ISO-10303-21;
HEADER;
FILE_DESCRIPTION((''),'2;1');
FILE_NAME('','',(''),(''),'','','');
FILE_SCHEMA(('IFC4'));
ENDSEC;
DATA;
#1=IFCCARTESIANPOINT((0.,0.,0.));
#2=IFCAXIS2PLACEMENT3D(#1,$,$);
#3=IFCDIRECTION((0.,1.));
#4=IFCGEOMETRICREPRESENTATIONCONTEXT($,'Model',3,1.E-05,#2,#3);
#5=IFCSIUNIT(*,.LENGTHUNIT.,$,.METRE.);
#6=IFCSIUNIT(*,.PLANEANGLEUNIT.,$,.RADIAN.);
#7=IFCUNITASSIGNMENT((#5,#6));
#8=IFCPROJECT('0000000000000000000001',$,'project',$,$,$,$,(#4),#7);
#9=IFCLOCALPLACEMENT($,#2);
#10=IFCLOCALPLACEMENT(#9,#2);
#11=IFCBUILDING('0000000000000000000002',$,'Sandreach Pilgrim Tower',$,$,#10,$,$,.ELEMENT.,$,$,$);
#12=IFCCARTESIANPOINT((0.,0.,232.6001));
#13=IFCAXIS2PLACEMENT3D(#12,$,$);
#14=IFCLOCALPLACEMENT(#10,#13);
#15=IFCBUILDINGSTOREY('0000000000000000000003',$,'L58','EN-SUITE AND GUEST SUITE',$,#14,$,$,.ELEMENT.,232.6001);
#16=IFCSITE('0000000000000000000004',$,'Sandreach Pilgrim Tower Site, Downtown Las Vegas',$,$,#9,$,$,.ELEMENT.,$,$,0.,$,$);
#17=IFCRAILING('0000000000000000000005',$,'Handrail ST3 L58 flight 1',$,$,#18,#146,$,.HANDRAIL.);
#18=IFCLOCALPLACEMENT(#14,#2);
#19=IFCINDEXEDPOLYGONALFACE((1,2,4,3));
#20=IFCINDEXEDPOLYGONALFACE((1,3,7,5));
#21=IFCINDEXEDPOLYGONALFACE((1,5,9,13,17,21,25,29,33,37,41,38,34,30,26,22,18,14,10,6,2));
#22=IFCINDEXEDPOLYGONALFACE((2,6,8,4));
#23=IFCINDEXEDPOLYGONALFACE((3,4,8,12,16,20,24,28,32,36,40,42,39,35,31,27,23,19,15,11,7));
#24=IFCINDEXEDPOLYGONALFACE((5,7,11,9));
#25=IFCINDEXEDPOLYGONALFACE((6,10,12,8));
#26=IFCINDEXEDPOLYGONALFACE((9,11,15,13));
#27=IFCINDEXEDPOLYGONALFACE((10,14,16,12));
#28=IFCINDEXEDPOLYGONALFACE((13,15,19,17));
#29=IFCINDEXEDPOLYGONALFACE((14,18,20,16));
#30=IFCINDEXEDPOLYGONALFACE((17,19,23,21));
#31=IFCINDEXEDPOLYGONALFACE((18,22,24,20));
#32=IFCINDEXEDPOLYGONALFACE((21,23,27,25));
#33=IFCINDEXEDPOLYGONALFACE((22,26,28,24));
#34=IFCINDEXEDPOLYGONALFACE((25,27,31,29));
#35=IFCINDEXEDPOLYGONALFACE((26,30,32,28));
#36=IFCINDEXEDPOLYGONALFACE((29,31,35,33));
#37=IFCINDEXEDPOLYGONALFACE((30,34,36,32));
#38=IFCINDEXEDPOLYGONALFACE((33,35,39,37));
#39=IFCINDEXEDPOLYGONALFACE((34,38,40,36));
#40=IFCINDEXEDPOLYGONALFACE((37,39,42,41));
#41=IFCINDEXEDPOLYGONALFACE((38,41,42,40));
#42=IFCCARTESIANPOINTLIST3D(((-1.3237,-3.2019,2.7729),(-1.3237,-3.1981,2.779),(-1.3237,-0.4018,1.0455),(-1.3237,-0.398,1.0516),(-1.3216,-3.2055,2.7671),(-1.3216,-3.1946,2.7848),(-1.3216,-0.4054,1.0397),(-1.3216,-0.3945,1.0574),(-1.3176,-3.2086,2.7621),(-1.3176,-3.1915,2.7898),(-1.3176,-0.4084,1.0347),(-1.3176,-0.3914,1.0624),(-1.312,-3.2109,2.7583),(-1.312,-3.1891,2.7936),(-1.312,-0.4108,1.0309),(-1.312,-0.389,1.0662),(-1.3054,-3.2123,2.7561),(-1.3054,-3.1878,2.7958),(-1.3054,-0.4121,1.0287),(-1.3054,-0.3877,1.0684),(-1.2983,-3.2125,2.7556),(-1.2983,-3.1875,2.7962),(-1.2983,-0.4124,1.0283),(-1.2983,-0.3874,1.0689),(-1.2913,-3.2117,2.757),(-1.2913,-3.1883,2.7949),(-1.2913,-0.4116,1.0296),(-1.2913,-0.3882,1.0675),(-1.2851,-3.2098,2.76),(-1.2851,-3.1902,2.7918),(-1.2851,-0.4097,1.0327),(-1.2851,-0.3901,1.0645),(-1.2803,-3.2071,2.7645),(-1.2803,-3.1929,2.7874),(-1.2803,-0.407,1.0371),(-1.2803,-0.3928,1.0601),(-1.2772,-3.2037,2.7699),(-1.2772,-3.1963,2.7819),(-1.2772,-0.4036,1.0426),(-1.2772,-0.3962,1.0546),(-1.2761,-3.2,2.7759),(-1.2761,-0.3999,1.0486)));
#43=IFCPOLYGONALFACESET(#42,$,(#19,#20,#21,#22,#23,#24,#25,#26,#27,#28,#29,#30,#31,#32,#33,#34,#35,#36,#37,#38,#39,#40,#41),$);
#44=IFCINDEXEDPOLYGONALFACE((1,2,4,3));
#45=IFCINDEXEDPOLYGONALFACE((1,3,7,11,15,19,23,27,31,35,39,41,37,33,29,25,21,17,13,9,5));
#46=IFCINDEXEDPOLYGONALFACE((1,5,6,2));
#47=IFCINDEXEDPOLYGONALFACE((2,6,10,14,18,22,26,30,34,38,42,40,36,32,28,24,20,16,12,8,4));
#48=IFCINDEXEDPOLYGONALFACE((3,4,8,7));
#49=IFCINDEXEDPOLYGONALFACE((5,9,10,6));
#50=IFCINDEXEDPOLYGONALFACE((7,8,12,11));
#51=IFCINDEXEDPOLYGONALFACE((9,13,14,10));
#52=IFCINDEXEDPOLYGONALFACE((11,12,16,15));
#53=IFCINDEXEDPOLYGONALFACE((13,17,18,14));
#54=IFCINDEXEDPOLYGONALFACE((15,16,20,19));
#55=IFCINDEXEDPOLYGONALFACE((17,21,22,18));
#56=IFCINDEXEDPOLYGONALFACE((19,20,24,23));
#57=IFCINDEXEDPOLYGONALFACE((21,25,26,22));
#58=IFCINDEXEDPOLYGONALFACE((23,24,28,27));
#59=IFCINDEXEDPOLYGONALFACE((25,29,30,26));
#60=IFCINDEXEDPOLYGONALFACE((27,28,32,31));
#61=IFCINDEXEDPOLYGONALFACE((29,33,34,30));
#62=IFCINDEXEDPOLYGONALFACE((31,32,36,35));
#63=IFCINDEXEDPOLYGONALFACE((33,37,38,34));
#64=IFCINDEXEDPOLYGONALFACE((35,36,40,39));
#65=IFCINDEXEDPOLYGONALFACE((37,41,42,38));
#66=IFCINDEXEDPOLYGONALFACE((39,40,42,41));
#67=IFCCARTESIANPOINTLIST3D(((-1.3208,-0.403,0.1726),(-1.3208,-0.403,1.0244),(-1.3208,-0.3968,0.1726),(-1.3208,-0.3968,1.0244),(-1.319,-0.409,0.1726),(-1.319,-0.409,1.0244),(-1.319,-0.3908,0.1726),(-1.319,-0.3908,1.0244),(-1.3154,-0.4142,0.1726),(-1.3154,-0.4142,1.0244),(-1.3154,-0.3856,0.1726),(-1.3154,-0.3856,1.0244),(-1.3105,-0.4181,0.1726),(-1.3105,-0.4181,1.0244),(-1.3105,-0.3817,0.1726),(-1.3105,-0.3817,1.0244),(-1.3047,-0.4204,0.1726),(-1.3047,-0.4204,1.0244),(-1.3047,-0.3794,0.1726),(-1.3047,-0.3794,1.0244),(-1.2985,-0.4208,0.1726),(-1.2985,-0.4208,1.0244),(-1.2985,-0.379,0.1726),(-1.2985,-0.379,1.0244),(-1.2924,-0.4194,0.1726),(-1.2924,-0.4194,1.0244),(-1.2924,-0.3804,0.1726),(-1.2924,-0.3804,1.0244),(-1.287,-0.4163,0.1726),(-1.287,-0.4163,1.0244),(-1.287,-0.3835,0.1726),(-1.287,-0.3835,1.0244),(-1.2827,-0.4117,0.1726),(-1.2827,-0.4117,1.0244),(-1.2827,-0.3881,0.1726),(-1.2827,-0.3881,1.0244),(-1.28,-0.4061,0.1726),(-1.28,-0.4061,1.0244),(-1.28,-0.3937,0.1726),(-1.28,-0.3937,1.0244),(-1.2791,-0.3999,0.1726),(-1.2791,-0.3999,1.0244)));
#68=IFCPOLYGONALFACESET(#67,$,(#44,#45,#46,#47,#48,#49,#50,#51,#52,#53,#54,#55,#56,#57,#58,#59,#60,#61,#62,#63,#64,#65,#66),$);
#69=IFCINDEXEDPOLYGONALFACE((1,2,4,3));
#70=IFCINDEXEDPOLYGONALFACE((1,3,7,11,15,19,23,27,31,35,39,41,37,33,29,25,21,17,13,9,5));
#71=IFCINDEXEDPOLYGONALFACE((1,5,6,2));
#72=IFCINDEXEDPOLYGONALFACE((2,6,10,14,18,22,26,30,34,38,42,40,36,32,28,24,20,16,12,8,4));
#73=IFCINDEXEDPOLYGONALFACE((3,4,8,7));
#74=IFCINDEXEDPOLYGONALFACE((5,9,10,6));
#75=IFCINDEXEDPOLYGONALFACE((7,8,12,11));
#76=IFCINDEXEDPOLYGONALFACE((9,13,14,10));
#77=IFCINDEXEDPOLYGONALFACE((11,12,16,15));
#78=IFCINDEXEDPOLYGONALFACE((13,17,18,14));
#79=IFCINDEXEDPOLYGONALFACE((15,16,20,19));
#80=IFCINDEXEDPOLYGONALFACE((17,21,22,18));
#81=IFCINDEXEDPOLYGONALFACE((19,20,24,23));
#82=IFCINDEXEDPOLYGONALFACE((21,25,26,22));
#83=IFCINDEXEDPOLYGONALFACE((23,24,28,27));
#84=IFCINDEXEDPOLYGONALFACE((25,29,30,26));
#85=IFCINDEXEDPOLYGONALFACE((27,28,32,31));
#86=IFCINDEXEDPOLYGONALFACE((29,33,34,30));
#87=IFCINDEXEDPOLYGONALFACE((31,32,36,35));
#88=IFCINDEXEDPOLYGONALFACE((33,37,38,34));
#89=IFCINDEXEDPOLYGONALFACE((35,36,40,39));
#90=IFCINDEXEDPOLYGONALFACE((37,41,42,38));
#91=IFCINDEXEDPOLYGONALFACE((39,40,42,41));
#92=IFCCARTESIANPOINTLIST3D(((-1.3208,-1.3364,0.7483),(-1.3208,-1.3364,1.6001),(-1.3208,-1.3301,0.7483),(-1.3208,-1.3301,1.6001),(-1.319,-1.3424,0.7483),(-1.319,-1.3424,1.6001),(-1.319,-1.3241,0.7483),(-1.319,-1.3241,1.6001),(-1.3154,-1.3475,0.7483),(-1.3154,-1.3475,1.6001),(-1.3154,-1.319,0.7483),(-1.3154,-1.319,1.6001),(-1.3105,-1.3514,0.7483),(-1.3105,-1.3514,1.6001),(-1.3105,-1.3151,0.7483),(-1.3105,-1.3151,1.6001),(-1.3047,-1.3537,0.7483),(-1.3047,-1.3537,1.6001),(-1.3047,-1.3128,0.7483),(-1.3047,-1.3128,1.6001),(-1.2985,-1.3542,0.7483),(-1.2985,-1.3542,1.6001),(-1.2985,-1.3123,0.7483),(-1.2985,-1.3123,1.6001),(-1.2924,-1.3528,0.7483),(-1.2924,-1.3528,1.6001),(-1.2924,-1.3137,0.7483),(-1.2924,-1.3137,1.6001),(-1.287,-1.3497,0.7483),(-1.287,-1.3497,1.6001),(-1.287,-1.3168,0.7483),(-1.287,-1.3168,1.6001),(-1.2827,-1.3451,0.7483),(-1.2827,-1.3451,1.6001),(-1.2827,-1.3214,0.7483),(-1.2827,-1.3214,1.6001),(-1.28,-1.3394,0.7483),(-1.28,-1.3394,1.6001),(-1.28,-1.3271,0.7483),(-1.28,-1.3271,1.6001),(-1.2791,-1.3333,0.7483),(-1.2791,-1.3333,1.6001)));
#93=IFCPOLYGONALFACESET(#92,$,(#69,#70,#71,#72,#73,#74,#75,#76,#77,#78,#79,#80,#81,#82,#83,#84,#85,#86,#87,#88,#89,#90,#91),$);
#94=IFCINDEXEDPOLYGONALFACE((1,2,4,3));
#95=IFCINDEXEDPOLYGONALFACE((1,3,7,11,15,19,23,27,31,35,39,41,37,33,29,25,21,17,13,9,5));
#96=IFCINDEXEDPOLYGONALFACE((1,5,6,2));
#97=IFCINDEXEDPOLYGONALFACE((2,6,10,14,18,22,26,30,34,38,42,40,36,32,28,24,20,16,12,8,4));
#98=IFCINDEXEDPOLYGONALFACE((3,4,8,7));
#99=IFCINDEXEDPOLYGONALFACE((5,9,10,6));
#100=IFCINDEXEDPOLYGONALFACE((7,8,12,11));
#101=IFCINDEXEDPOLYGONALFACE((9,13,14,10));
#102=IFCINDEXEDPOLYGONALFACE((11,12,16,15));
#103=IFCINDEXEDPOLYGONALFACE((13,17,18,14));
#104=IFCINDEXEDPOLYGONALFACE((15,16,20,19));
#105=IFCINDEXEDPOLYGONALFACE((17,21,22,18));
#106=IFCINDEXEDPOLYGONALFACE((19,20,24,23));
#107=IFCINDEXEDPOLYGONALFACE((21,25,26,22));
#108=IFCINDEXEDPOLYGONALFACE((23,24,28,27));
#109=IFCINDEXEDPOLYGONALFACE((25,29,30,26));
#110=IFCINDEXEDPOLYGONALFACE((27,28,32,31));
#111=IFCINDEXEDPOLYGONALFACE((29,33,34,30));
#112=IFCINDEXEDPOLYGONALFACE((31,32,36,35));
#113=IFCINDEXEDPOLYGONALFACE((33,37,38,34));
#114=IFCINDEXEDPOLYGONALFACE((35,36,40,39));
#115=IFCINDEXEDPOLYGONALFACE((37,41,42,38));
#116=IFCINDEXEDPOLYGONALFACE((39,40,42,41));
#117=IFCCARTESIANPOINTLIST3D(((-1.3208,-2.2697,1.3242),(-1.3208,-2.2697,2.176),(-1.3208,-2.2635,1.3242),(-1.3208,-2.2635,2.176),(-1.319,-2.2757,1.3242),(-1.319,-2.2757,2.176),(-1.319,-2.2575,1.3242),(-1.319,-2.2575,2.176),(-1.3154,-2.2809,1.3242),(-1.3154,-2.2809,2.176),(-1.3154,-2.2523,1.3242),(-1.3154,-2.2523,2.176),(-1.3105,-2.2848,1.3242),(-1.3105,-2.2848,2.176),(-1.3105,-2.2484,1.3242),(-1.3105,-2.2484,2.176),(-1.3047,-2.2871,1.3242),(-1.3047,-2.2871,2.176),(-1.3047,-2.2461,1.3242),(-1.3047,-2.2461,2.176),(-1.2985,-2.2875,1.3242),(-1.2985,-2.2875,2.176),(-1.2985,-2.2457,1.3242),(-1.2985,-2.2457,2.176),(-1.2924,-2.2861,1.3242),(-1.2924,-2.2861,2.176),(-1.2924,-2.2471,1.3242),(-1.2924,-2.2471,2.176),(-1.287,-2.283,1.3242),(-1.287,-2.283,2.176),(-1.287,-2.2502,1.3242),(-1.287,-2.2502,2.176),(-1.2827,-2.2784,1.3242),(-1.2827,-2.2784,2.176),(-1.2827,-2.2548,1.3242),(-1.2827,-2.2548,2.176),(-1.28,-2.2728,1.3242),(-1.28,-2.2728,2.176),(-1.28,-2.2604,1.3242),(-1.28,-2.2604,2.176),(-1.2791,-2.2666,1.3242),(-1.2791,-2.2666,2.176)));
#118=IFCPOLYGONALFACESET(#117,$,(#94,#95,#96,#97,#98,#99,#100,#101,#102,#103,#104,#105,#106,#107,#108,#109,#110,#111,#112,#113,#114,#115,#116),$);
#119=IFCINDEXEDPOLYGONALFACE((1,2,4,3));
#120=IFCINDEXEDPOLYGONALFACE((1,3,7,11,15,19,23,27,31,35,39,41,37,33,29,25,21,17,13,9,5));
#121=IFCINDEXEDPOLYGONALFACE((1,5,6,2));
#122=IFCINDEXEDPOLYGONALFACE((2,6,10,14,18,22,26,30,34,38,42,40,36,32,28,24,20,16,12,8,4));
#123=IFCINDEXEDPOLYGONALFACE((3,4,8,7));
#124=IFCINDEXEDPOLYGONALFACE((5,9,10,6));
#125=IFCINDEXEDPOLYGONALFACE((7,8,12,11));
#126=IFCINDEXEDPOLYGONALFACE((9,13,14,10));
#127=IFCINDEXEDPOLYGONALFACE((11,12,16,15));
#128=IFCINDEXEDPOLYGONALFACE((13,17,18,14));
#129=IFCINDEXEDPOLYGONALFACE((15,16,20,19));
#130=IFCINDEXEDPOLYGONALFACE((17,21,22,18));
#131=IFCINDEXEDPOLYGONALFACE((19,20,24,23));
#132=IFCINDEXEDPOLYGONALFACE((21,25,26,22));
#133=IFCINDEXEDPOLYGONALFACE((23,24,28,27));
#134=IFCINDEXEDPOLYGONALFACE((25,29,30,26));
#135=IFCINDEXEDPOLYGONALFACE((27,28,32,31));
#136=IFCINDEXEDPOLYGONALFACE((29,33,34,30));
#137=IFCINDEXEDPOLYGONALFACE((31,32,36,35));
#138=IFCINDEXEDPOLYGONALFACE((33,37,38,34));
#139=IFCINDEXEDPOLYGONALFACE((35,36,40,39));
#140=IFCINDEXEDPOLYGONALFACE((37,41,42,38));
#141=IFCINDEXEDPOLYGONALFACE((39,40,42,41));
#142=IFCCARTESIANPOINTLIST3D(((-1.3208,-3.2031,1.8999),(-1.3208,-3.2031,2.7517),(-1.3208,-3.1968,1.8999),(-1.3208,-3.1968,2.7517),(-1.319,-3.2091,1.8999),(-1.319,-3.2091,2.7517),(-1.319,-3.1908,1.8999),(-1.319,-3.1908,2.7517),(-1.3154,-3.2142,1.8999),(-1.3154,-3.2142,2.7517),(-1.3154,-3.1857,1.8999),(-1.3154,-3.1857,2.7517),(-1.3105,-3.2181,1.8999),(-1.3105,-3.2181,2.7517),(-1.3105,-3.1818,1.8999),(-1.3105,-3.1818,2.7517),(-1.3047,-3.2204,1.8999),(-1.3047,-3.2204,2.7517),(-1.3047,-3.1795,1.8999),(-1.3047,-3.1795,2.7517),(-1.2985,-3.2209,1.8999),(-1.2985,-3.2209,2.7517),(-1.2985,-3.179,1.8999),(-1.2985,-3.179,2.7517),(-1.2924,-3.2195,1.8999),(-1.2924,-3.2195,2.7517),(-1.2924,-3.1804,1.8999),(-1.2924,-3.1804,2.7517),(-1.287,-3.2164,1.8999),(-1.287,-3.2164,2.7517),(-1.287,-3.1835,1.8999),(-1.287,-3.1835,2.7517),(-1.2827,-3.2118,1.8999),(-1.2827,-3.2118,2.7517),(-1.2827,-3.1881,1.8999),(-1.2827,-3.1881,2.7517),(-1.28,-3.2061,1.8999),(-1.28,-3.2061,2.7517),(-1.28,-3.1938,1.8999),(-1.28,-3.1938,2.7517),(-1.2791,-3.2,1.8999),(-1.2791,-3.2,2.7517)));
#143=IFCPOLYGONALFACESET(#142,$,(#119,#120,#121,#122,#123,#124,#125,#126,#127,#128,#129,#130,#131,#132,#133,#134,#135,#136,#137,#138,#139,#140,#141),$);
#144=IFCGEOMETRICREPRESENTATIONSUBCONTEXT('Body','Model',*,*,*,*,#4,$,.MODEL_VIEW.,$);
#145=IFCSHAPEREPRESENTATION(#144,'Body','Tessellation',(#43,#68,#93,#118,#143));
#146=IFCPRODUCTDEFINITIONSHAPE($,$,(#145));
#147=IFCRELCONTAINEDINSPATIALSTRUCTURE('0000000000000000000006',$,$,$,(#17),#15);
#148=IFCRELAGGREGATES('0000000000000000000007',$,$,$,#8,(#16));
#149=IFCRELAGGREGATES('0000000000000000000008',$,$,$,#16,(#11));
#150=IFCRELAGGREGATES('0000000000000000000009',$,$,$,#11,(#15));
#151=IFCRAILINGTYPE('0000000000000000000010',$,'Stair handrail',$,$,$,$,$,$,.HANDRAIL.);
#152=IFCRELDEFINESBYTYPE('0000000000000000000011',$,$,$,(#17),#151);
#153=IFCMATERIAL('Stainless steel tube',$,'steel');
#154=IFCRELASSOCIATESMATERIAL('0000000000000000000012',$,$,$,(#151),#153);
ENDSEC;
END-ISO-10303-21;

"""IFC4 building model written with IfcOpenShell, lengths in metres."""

from ifc_helpers import new_model, si_unit, direction, frame, origin, origin_2d, place, context, subcontext, project, spatial, circle, extrude, material, type_object, element, save


model = new_model("IFC4")

# Units and contexts
model_context = context("Model", 3, precision=1e-05, world=origin(), true_north=direction((0.0, 1.0)))
body_context = subcontext(model_context, "Body", "Model", "MODEL_VIEW")
ifc_project = project(units=[si_unit("LENGTHUNIT", "METRE"), si_unit("PLANEANGLEUNIT", "RADIAN")], contexts=[model_context])

# Site, building, storey
site_placement = place(None, origin())
site = spatial("IfcSite", under=ifc_project, at=site_placement, Name="Sandreach Pilgrim Tower Site, Downtown Las Vegas", CompositionType="ELEMENT", RefElevation=0.0)
building_placement = place(site_placement, origin())
building = spatial("IfcBuilding", under=site, at=building_placement, Name="Sandreach Pilgrim Tower", CompositionType="ELEMENT")
storey_placement = place(building_placement, frame((0.0, 0.0, 232.6001)))
storey = spatial("IfcBuildingStorey", under=building, at=storey_placement, Name="L58", Description="EN-SUITE AND GUEST SUITE", CompositionType="ELEMENT", Elevation=232.6001)

# Railing
ifc_material_1 = material(Name="Stainless steel tube", Category="steel")
railing_type = type_object("IfcRailingType", Name="Stair handrail", PredefinedType="HANDRAIL", material=ifc_material_1)
for number, where, name in (
    (1, (-1.3, -0.3999, 0.1726), "Handrail ST3 L58 flight 1"),
):
    element("IfcRailing", number, at=place(storey_placement, frame(where)), inside=storey, type_object=railing_type, Name=name, PredefinedType="HANDRAIL", context=body_context, shape_type="SweptSolid", body=[
        extrude(circle(Radius=0.0239, at=origin_2d()), frame((0.0, 0.0, 0.876), z_axis=(0.0, -0.85109, 0.52502), x_axis=(1.0, 0.0, 0.0)), (0.0, 0.0, 1.0), 3.29),
        extrude(circle(Radius=0.021, at=origin_2d()), origin(), (0.0, 0.0, 1.0), 0.8518),
        extrude(circle(Radius=0.021, at=origin_2d()), frame((0.0, -0.9333, 0.5757)), (0.0, 0.0, 1.0), 0.8518),
        extrude(circle(Radius=0.021, at=origin_2d()), frame((0.0, -1.8667, 1.1516)), (0.0, 0.0, 1.0), 0.8518),
        extrude(circle(Radius=0.021, at=origin_2d()), frame((0.0, -2.8, 1.7273)), (0.0, 0.0, 1.0), 0.8518),
    ])

save(model, "model.ifc")
